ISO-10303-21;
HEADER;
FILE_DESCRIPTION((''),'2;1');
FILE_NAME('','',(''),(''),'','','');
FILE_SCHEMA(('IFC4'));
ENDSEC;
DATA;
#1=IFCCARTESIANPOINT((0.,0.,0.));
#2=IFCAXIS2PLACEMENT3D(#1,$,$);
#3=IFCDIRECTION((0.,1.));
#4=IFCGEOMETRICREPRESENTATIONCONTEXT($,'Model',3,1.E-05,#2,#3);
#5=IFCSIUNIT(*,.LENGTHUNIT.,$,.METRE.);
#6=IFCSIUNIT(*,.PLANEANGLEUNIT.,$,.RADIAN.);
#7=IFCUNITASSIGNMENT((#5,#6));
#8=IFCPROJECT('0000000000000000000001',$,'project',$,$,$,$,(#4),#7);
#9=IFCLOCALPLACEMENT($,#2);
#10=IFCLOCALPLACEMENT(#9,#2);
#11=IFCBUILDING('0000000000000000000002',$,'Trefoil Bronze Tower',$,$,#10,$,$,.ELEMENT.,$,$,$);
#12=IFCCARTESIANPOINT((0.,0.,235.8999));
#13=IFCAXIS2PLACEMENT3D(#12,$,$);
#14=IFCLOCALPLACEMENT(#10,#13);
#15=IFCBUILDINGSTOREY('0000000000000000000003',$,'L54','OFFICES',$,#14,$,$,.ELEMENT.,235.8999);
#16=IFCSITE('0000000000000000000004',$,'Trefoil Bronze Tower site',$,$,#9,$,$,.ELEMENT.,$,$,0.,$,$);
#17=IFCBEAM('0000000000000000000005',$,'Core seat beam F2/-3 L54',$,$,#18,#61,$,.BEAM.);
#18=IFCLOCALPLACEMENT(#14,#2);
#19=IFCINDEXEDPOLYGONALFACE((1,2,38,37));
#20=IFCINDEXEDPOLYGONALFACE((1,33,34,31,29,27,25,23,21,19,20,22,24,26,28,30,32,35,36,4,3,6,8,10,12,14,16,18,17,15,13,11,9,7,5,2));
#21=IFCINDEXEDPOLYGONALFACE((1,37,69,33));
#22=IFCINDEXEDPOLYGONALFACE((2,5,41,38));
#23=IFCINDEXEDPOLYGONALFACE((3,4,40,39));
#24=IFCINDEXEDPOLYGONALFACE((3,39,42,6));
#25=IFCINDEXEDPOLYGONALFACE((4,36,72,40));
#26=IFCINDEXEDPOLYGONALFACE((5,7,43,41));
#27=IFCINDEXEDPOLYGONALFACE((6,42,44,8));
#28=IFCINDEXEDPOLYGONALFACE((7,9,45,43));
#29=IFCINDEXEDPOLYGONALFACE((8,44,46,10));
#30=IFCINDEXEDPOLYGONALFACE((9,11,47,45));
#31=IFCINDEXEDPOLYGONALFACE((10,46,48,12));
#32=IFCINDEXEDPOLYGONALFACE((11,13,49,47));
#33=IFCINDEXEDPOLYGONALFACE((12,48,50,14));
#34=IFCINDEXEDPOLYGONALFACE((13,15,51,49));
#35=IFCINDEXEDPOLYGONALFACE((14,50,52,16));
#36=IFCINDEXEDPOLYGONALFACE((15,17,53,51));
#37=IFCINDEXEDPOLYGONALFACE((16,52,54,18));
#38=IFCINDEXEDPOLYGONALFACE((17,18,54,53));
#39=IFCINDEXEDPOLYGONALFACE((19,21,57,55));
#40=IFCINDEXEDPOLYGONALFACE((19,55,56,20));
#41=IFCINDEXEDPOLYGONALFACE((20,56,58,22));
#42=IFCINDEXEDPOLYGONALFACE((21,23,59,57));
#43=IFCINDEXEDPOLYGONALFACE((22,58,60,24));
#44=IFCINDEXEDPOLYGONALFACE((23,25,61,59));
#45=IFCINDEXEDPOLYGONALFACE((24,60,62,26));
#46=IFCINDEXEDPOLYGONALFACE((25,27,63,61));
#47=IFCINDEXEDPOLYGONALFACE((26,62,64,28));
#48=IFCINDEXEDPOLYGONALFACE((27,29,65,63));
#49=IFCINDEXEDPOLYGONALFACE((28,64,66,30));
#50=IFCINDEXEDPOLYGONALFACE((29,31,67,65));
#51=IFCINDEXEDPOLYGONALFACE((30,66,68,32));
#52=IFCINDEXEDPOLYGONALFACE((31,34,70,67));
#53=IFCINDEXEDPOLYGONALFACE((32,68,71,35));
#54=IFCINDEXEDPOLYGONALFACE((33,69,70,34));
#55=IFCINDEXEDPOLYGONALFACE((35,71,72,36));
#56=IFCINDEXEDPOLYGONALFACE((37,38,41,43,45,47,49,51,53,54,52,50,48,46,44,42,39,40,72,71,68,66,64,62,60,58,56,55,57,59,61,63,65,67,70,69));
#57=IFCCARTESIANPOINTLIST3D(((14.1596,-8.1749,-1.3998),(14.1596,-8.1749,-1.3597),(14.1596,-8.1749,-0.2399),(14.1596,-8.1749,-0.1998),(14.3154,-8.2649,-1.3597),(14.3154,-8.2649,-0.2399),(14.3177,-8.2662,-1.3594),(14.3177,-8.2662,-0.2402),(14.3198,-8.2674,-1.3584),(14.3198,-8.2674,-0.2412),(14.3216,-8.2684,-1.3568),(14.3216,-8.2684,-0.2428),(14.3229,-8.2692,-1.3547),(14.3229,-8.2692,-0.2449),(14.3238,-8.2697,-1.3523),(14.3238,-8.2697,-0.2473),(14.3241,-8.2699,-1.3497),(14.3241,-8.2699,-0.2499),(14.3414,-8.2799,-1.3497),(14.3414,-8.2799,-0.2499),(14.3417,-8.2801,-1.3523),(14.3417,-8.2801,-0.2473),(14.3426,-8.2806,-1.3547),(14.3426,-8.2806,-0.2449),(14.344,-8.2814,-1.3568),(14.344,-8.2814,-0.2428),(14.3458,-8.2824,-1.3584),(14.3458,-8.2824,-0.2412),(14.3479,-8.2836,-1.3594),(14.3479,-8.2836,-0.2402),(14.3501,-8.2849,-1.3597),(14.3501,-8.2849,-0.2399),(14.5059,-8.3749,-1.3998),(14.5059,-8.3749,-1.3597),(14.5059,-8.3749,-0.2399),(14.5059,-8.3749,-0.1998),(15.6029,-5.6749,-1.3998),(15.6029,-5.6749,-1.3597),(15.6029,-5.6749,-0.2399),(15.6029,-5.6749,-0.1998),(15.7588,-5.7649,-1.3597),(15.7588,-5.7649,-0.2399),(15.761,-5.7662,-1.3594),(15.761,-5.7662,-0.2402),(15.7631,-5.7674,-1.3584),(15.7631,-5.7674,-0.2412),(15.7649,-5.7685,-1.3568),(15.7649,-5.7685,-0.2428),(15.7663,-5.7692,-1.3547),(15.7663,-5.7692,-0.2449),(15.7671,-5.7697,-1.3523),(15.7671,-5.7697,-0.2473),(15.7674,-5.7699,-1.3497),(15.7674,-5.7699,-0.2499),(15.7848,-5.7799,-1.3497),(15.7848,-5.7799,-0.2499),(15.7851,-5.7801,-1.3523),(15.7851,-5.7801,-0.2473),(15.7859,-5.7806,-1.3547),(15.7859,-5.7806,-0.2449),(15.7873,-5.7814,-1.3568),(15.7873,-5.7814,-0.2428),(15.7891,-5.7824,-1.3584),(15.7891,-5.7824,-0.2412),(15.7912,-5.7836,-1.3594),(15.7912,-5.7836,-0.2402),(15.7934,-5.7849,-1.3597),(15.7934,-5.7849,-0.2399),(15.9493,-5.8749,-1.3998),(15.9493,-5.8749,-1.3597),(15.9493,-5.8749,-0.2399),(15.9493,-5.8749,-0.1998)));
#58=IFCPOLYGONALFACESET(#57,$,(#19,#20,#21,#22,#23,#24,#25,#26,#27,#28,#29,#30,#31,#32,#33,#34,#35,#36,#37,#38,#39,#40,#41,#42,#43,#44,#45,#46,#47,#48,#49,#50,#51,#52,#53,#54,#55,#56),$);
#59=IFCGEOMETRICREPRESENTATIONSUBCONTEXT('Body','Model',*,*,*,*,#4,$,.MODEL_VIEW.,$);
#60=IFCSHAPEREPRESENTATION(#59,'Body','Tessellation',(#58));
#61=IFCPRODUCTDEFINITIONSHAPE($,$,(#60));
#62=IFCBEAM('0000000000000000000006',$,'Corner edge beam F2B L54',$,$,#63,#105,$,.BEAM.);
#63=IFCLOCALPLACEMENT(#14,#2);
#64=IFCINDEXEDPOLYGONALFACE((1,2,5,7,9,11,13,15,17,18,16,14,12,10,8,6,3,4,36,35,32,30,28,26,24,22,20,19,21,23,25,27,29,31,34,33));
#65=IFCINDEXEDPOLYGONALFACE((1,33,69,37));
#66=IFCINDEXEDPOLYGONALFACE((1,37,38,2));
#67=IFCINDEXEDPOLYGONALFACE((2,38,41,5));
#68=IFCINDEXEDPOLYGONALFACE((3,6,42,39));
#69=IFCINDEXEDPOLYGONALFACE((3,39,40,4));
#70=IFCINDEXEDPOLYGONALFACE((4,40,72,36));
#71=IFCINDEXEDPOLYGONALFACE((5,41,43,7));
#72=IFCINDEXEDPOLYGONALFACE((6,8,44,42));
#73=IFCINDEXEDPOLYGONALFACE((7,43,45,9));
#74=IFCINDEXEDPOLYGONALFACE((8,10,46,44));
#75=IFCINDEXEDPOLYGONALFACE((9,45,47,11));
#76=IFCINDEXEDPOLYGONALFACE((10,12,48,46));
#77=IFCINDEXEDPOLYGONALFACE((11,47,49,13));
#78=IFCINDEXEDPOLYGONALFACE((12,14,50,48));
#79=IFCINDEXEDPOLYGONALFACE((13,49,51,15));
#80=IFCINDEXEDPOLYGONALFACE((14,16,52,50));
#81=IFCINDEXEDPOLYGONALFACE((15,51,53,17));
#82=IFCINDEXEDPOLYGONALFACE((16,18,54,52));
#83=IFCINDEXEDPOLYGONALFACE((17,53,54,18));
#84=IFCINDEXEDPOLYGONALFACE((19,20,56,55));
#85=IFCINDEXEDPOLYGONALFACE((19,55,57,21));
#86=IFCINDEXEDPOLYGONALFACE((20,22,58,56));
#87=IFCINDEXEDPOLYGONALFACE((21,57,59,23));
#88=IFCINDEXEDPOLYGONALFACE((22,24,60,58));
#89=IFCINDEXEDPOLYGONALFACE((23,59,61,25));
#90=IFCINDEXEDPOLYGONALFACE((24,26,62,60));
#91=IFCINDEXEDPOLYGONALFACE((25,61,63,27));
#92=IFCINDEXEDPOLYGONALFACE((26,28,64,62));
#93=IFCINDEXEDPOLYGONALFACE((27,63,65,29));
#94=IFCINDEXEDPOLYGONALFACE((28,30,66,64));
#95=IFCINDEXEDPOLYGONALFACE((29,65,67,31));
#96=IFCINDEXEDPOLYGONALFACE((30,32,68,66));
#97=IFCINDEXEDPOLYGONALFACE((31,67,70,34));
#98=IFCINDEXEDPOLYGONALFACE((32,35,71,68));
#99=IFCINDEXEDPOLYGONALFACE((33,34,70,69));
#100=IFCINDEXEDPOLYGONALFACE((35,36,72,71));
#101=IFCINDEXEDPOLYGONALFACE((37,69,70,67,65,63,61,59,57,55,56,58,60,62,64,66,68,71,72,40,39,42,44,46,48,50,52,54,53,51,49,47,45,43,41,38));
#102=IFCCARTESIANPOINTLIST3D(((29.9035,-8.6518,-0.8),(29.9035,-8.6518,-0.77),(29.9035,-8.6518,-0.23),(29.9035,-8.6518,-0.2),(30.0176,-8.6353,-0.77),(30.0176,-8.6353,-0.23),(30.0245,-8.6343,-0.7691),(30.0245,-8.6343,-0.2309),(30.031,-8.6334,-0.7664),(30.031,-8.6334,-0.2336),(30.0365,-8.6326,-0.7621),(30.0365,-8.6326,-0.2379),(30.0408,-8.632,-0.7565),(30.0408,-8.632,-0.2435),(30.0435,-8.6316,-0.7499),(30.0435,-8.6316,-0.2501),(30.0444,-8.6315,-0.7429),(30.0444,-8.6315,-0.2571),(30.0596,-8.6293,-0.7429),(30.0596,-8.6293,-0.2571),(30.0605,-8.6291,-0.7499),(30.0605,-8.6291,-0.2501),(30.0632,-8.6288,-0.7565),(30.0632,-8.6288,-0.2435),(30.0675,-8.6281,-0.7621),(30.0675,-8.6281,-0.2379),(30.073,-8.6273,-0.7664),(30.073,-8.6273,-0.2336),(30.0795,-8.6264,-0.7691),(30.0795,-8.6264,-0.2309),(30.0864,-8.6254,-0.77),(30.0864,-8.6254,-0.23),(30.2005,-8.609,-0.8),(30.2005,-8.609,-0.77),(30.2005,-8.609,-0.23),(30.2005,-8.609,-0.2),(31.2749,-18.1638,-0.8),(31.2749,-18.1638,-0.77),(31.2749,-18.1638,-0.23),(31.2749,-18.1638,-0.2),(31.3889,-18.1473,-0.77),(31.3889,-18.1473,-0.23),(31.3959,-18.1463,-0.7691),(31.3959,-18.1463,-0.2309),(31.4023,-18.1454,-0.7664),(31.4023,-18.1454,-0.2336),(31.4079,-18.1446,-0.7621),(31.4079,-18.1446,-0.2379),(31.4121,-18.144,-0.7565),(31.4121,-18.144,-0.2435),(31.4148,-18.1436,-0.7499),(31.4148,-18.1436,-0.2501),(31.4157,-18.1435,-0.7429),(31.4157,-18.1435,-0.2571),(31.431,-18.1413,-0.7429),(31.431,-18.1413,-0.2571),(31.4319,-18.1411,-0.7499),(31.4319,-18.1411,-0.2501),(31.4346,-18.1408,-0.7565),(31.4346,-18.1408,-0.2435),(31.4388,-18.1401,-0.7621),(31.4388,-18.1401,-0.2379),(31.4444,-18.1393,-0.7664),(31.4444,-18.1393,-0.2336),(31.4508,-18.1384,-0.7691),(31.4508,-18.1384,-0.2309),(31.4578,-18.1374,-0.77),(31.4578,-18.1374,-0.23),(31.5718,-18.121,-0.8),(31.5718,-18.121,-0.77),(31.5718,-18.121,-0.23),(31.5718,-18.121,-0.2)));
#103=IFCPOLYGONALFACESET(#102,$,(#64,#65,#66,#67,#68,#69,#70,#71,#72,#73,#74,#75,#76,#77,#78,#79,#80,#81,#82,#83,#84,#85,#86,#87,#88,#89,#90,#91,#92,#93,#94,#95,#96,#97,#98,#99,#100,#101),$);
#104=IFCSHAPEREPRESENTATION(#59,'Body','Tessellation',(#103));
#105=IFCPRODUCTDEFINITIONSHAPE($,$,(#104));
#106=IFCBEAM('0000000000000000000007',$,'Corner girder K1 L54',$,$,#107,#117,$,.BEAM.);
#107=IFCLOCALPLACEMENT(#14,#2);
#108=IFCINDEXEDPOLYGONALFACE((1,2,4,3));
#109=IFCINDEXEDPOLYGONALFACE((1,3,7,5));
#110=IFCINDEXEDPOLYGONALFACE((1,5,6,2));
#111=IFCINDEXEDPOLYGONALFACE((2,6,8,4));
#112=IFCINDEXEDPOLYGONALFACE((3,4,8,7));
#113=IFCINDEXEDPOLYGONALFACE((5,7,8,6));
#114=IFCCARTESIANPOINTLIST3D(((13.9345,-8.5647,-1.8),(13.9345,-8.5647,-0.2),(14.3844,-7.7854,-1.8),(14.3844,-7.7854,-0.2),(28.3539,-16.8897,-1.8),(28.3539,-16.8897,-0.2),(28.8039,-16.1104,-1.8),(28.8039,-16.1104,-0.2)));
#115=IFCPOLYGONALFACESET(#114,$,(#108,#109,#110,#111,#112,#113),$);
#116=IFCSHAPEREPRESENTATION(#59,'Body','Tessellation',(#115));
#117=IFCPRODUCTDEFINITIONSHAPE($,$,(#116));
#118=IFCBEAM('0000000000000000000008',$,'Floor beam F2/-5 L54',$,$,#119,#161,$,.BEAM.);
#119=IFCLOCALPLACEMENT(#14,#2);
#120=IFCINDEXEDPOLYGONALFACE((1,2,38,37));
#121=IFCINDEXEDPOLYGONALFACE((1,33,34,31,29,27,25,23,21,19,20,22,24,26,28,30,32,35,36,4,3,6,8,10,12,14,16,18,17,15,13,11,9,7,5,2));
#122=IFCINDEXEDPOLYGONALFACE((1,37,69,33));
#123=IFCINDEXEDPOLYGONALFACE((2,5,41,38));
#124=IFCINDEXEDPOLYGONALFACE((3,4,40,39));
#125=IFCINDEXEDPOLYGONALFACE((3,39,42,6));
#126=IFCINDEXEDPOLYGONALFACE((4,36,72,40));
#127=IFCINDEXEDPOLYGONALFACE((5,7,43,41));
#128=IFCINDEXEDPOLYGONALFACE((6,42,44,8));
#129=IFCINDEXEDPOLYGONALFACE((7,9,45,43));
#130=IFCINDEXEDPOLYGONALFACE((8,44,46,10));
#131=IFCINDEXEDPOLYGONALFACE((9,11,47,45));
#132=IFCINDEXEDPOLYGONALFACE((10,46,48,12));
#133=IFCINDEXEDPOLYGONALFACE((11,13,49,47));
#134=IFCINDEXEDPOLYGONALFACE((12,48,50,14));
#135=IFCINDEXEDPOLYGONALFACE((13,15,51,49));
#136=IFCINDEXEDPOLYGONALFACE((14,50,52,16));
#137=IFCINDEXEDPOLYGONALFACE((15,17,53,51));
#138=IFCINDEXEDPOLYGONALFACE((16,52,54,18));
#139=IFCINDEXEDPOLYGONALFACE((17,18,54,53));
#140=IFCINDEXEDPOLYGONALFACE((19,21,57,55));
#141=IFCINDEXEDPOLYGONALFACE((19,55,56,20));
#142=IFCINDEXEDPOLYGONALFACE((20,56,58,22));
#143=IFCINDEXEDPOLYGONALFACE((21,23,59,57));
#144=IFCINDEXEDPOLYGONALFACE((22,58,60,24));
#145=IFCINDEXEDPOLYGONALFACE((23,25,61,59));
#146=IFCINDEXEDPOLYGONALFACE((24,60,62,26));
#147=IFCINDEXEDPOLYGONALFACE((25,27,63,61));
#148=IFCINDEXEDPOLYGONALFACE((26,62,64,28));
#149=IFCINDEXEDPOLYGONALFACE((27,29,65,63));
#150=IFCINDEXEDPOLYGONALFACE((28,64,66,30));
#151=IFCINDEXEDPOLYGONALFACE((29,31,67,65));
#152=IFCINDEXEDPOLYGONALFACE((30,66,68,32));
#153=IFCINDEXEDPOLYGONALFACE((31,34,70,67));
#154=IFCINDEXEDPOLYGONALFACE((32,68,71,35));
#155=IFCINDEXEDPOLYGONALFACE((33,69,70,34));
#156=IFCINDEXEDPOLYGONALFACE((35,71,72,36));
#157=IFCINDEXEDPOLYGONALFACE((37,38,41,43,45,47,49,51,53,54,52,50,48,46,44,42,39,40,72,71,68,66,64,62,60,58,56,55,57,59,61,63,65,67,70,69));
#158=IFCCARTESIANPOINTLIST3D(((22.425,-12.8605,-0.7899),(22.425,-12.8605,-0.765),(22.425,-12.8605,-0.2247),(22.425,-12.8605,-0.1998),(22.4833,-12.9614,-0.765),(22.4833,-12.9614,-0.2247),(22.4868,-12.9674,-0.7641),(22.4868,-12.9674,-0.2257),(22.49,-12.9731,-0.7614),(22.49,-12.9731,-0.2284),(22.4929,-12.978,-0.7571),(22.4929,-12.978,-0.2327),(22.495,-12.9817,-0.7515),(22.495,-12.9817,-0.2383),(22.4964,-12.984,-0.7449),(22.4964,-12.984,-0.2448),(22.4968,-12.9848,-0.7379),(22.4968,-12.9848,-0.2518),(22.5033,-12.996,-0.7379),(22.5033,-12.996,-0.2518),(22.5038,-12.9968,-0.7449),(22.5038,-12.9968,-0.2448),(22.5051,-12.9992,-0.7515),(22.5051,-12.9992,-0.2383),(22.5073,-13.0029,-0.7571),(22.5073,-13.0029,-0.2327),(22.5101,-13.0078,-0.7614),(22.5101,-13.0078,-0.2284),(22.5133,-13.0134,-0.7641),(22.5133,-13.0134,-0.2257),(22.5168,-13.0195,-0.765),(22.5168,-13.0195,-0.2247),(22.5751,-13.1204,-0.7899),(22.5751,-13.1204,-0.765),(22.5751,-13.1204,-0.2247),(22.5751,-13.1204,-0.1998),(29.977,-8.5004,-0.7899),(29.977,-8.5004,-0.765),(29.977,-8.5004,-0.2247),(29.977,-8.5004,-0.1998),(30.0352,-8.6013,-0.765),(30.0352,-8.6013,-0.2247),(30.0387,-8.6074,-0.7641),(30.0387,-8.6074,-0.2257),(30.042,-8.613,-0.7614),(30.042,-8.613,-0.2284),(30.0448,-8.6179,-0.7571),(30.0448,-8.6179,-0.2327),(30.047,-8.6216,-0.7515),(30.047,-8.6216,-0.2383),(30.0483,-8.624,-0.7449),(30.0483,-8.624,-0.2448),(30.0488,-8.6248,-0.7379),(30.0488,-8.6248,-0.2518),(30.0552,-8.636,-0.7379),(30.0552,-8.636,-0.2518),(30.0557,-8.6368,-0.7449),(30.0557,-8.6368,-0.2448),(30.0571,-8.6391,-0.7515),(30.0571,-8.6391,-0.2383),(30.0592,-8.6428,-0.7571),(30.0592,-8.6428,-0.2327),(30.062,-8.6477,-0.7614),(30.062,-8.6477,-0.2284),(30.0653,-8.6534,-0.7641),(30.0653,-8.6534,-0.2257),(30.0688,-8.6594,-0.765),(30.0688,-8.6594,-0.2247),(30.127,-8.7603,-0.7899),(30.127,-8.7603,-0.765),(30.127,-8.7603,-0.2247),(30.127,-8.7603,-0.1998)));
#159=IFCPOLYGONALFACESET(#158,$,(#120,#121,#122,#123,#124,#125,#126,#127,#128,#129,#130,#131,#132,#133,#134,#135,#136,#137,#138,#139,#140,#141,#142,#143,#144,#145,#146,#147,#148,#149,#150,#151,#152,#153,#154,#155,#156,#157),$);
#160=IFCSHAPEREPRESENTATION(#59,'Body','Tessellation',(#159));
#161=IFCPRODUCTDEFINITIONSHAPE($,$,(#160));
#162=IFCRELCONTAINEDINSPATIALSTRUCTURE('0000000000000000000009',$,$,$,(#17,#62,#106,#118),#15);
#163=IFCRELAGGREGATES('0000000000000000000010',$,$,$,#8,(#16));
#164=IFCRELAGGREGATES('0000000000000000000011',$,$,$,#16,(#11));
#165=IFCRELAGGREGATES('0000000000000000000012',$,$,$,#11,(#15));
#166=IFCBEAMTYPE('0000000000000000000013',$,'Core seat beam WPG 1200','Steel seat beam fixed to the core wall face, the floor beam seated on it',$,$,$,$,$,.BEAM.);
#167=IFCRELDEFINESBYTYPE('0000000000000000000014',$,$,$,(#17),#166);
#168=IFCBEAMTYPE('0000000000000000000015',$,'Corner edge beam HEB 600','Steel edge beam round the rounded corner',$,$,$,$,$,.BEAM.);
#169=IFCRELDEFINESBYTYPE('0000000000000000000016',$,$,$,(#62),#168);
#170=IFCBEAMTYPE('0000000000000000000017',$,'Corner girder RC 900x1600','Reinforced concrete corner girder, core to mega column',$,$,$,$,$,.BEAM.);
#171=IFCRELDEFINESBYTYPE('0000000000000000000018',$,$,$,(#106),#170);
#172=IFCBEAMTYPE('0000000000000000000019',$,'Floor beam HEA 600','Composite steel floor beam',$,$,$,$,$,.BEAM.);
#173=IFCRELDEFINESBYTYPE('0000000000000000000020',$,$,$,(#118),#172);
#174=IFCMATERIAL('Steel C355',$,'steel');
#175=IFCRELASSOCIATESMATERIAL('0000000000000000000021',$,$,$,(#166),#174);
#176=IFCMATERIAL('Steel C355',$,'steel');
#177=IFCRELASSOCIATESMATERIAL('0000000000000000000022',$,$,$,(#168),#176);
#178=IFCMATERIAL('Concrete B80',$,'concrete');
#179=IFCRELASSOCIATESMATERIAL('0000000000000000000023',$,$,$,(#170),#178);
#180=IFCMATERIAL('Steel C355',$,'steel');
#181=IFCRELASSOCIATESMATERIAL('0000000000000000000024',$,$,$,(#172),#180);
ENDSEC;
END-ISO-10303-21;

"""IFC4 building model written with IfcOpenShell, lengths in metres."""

from ifc_helpers import new_model, si_unit, direction, frame, origin, origin_2d, place, context, subcontext, project, spatial, rectangle, i_section, extrude, material, material_profile, profile_set, type_object, element, save


model = new_model("IFC4")

# Units and contexts
model_context = context("Model", 3, precision=1e-05, world=origin(), true_north=direction((0.0, 1.0)))
body_context = subcontext(model_context, "Body", "Model", "MODEL_VIEW")
ifc_project = project(units=[si_unit("LENGTHUNIT", "METRE"), si_unit("PLANEANGLEUNIT", "RADIAN")], contexts=[model_context])

# Site, building, storey
site_placement = place(None, origin())
site = spatial("IfcSite", under=ifc_project, at=site_placement, Name="Trefoil Bronze Tower site", CompositionType="ELEMENT", RefElevation=0.0)
building_placement = place(site_placement, origin())
building = spatial("IfcBuilding", under=site, at=building_placement, Name="Trefoil Bronze Tower", CompositionType="ELEMENT")
storey_placement = place(building_placement, frame((0.0, 0.0, 235.8999)))
storey = spatial("IfcBuildingStorey", under=building, at=storey_placement, Name="L54", Description="OFFICES", CompositionType="ELEMENT", Elevation=235.8999)

# Beams
ifc_material_1 = material(Name="Steel C355", Category="steel")
ifc_material_profile_1 = material_profile(ifc_material_1, i_section(OverallWidth=0.3999, OverallDepth=1.2, WebThickness=0.02, FlangeThickness=0.04, FilletRadius=0.01, at=origin_2d()), Name="WPG 1200")
ifc_profile_set_1 = profile_set([ifc_material_profile_1], Name="Steel C355")
beam_type_1 = type_object("IfcBeamType", Name="Core seat beam WPG 1200", Description="Steel seat beam fixed to the core wall face, the floor beam seated on it", PredefinedType="BEAM", material=ifc_profile_set_1)
beam_1_placement = place(storey_placement, frame((14.3328, -8.2749, -0.7998), z_axis=(0.499996, 0.866028, 0.0), x_axis=(-0.866028, 0.499996, 0.0)))
element("IfcBeam", 1, at=beam_1_placement, inside=storey, type_object=beam_type_1, Name="Core seat beam F2/-3 L54", PredefinedType="BEAM", context=body_context, shape_type="SweptSolid", body=[
    extrude(i_section(OverallWidth=0.3999, OverallDepth=1.2, WebThickness=0.02, FlangeThickness=0.04, FilletRadius=0.01, at=origin_2d()), origin(), (0.0, 0.0, 1.0), 2.8867),
])
ifc_material_2 = material(Name="Steel C355", Category="steel")
ifc_material_profile_2 = material_profile(ifc_material_2, i_section(OverallWidth=0.3, OverallDepth=0.6001, WebThickness=0.0154, FlangeThickness=0.03, FilletRadius=0.0271, at=origin_2d()), Name="HEB 600")
ifc_profile_set_2 = profile_set([ifc_material_profile_2], Name="Steel C355")
beam_type_2 = type_object("IfcBeamType", Name="Corner edge beam HEB 600", Description="Steel edge beam round the rounded corner", PredefinedType="BEAM", material=ifc_profile_set_2)
beam_2_placement = place(storey_placement, frame((30.052, -8.6304, -0.5), z_axis=(0.142694, -0.989767, 0.0), x_axis=(0.989767, 0.142694, 0.0)))
element("IfcBeam", 2, at=beam_2_placement, inside=storey, type_object=beam_type_2, Name="Corner edge beam F2B L54", PredefinedType="BEAM", context=body_context, shape_type="SweptSolid", body=[
    extrude(i_section(OverallWidth=0.3, OverallDepth=0.6001, WebThickness=0.0154, FlangeThickness=0.03, FilletRadius=0.0271, at=origin_2d()), origin(), (0.0, 0.0, 1.0), 9.6104),
])
ifc_material_3 = material(Name="Concrete B80", Category="concrete")
ifc_material_profile_3 = material_profile(ifc_material_3, rectangle(XDim=0.8999, YDim=1.6001, at=origin_2d()), Name="RC 900x1600")
ifc_profile_set_3 = profile_set([ifc_material_profile_3], Name="Concrete B80")
beam_type_3 = type_object("IfcBeamType", Name="Corner girder RC 900x1600", Description="Reinforced concrete corner girder, core to mega column", PredefinedType="BEAM", material=ifc_profile_set_3)
beam_3_placement = place(storey_placement, frame((14.1594, -8.175, -1.0), z_axis=(0.866028, -0.499995, 0.0), x_axis=(0.499995, 0.866028, 0.0)))
element("IfcBeam", 3, at=beam_3_placement, inside=storey, type_object=beam_type_3, Name="Corner girder K1 L54", PredefinedType="BEAM", context=body_context, shape_type="SweptSolid", body=[
    extrude(rectangle(XDim=0.8999, YDim=1.6001, at=origin_2d()), origin(), (0.0, 0.0, 1.0), 16.6501),
])
ifc_material_4 = material(Name="Steel C355", Category="steel")
ifc_material_profile_4 = material_profile(ifc_material_4, i_section(OverallWidth=0.3, OverallDepth=0.5901, WebThickness=0.0129, FlangeThickness=0.0249, FilletRadius=0.0271, at=origin_2d()), Name="HEA 600")
ifc_profile_set_4 = profile_set([ifc_material_profile_4], Name="Steel C355")
beam_type_4 = type_object("IfcBeamType", Name="Floor beam HEA 600", Description="Composite steel floor beam", PredefinedType="BEAM", material=ifc_profile_set_4)
beam_4_placement = place(storey_placement, frame((30.052, -8.6304, -0.4949), z_axis=(-0.866028, -0.499996, 0.0), x_axis=(0.499996, -0.866028, 0.0)))
element("IfcBeam", 4, at=beam_4_placement, inside=storey, type_object=beam_type_4, Name="Floor beam F2/-5 L54", PredefinedType="BEAM", context=body_context, shape_type="SweptSolid", body=[
    extrude(i_section(OverallWidth=0.3, OverallDepth=0.5901, WebThickness=0.0129, FlangeThickness=0.0249, FilletRadius=0.0271, at=origin_2d()), origin(), (0.0, 0.0, 1.0), 8.7202),
])

save(model, "model.ifc")
